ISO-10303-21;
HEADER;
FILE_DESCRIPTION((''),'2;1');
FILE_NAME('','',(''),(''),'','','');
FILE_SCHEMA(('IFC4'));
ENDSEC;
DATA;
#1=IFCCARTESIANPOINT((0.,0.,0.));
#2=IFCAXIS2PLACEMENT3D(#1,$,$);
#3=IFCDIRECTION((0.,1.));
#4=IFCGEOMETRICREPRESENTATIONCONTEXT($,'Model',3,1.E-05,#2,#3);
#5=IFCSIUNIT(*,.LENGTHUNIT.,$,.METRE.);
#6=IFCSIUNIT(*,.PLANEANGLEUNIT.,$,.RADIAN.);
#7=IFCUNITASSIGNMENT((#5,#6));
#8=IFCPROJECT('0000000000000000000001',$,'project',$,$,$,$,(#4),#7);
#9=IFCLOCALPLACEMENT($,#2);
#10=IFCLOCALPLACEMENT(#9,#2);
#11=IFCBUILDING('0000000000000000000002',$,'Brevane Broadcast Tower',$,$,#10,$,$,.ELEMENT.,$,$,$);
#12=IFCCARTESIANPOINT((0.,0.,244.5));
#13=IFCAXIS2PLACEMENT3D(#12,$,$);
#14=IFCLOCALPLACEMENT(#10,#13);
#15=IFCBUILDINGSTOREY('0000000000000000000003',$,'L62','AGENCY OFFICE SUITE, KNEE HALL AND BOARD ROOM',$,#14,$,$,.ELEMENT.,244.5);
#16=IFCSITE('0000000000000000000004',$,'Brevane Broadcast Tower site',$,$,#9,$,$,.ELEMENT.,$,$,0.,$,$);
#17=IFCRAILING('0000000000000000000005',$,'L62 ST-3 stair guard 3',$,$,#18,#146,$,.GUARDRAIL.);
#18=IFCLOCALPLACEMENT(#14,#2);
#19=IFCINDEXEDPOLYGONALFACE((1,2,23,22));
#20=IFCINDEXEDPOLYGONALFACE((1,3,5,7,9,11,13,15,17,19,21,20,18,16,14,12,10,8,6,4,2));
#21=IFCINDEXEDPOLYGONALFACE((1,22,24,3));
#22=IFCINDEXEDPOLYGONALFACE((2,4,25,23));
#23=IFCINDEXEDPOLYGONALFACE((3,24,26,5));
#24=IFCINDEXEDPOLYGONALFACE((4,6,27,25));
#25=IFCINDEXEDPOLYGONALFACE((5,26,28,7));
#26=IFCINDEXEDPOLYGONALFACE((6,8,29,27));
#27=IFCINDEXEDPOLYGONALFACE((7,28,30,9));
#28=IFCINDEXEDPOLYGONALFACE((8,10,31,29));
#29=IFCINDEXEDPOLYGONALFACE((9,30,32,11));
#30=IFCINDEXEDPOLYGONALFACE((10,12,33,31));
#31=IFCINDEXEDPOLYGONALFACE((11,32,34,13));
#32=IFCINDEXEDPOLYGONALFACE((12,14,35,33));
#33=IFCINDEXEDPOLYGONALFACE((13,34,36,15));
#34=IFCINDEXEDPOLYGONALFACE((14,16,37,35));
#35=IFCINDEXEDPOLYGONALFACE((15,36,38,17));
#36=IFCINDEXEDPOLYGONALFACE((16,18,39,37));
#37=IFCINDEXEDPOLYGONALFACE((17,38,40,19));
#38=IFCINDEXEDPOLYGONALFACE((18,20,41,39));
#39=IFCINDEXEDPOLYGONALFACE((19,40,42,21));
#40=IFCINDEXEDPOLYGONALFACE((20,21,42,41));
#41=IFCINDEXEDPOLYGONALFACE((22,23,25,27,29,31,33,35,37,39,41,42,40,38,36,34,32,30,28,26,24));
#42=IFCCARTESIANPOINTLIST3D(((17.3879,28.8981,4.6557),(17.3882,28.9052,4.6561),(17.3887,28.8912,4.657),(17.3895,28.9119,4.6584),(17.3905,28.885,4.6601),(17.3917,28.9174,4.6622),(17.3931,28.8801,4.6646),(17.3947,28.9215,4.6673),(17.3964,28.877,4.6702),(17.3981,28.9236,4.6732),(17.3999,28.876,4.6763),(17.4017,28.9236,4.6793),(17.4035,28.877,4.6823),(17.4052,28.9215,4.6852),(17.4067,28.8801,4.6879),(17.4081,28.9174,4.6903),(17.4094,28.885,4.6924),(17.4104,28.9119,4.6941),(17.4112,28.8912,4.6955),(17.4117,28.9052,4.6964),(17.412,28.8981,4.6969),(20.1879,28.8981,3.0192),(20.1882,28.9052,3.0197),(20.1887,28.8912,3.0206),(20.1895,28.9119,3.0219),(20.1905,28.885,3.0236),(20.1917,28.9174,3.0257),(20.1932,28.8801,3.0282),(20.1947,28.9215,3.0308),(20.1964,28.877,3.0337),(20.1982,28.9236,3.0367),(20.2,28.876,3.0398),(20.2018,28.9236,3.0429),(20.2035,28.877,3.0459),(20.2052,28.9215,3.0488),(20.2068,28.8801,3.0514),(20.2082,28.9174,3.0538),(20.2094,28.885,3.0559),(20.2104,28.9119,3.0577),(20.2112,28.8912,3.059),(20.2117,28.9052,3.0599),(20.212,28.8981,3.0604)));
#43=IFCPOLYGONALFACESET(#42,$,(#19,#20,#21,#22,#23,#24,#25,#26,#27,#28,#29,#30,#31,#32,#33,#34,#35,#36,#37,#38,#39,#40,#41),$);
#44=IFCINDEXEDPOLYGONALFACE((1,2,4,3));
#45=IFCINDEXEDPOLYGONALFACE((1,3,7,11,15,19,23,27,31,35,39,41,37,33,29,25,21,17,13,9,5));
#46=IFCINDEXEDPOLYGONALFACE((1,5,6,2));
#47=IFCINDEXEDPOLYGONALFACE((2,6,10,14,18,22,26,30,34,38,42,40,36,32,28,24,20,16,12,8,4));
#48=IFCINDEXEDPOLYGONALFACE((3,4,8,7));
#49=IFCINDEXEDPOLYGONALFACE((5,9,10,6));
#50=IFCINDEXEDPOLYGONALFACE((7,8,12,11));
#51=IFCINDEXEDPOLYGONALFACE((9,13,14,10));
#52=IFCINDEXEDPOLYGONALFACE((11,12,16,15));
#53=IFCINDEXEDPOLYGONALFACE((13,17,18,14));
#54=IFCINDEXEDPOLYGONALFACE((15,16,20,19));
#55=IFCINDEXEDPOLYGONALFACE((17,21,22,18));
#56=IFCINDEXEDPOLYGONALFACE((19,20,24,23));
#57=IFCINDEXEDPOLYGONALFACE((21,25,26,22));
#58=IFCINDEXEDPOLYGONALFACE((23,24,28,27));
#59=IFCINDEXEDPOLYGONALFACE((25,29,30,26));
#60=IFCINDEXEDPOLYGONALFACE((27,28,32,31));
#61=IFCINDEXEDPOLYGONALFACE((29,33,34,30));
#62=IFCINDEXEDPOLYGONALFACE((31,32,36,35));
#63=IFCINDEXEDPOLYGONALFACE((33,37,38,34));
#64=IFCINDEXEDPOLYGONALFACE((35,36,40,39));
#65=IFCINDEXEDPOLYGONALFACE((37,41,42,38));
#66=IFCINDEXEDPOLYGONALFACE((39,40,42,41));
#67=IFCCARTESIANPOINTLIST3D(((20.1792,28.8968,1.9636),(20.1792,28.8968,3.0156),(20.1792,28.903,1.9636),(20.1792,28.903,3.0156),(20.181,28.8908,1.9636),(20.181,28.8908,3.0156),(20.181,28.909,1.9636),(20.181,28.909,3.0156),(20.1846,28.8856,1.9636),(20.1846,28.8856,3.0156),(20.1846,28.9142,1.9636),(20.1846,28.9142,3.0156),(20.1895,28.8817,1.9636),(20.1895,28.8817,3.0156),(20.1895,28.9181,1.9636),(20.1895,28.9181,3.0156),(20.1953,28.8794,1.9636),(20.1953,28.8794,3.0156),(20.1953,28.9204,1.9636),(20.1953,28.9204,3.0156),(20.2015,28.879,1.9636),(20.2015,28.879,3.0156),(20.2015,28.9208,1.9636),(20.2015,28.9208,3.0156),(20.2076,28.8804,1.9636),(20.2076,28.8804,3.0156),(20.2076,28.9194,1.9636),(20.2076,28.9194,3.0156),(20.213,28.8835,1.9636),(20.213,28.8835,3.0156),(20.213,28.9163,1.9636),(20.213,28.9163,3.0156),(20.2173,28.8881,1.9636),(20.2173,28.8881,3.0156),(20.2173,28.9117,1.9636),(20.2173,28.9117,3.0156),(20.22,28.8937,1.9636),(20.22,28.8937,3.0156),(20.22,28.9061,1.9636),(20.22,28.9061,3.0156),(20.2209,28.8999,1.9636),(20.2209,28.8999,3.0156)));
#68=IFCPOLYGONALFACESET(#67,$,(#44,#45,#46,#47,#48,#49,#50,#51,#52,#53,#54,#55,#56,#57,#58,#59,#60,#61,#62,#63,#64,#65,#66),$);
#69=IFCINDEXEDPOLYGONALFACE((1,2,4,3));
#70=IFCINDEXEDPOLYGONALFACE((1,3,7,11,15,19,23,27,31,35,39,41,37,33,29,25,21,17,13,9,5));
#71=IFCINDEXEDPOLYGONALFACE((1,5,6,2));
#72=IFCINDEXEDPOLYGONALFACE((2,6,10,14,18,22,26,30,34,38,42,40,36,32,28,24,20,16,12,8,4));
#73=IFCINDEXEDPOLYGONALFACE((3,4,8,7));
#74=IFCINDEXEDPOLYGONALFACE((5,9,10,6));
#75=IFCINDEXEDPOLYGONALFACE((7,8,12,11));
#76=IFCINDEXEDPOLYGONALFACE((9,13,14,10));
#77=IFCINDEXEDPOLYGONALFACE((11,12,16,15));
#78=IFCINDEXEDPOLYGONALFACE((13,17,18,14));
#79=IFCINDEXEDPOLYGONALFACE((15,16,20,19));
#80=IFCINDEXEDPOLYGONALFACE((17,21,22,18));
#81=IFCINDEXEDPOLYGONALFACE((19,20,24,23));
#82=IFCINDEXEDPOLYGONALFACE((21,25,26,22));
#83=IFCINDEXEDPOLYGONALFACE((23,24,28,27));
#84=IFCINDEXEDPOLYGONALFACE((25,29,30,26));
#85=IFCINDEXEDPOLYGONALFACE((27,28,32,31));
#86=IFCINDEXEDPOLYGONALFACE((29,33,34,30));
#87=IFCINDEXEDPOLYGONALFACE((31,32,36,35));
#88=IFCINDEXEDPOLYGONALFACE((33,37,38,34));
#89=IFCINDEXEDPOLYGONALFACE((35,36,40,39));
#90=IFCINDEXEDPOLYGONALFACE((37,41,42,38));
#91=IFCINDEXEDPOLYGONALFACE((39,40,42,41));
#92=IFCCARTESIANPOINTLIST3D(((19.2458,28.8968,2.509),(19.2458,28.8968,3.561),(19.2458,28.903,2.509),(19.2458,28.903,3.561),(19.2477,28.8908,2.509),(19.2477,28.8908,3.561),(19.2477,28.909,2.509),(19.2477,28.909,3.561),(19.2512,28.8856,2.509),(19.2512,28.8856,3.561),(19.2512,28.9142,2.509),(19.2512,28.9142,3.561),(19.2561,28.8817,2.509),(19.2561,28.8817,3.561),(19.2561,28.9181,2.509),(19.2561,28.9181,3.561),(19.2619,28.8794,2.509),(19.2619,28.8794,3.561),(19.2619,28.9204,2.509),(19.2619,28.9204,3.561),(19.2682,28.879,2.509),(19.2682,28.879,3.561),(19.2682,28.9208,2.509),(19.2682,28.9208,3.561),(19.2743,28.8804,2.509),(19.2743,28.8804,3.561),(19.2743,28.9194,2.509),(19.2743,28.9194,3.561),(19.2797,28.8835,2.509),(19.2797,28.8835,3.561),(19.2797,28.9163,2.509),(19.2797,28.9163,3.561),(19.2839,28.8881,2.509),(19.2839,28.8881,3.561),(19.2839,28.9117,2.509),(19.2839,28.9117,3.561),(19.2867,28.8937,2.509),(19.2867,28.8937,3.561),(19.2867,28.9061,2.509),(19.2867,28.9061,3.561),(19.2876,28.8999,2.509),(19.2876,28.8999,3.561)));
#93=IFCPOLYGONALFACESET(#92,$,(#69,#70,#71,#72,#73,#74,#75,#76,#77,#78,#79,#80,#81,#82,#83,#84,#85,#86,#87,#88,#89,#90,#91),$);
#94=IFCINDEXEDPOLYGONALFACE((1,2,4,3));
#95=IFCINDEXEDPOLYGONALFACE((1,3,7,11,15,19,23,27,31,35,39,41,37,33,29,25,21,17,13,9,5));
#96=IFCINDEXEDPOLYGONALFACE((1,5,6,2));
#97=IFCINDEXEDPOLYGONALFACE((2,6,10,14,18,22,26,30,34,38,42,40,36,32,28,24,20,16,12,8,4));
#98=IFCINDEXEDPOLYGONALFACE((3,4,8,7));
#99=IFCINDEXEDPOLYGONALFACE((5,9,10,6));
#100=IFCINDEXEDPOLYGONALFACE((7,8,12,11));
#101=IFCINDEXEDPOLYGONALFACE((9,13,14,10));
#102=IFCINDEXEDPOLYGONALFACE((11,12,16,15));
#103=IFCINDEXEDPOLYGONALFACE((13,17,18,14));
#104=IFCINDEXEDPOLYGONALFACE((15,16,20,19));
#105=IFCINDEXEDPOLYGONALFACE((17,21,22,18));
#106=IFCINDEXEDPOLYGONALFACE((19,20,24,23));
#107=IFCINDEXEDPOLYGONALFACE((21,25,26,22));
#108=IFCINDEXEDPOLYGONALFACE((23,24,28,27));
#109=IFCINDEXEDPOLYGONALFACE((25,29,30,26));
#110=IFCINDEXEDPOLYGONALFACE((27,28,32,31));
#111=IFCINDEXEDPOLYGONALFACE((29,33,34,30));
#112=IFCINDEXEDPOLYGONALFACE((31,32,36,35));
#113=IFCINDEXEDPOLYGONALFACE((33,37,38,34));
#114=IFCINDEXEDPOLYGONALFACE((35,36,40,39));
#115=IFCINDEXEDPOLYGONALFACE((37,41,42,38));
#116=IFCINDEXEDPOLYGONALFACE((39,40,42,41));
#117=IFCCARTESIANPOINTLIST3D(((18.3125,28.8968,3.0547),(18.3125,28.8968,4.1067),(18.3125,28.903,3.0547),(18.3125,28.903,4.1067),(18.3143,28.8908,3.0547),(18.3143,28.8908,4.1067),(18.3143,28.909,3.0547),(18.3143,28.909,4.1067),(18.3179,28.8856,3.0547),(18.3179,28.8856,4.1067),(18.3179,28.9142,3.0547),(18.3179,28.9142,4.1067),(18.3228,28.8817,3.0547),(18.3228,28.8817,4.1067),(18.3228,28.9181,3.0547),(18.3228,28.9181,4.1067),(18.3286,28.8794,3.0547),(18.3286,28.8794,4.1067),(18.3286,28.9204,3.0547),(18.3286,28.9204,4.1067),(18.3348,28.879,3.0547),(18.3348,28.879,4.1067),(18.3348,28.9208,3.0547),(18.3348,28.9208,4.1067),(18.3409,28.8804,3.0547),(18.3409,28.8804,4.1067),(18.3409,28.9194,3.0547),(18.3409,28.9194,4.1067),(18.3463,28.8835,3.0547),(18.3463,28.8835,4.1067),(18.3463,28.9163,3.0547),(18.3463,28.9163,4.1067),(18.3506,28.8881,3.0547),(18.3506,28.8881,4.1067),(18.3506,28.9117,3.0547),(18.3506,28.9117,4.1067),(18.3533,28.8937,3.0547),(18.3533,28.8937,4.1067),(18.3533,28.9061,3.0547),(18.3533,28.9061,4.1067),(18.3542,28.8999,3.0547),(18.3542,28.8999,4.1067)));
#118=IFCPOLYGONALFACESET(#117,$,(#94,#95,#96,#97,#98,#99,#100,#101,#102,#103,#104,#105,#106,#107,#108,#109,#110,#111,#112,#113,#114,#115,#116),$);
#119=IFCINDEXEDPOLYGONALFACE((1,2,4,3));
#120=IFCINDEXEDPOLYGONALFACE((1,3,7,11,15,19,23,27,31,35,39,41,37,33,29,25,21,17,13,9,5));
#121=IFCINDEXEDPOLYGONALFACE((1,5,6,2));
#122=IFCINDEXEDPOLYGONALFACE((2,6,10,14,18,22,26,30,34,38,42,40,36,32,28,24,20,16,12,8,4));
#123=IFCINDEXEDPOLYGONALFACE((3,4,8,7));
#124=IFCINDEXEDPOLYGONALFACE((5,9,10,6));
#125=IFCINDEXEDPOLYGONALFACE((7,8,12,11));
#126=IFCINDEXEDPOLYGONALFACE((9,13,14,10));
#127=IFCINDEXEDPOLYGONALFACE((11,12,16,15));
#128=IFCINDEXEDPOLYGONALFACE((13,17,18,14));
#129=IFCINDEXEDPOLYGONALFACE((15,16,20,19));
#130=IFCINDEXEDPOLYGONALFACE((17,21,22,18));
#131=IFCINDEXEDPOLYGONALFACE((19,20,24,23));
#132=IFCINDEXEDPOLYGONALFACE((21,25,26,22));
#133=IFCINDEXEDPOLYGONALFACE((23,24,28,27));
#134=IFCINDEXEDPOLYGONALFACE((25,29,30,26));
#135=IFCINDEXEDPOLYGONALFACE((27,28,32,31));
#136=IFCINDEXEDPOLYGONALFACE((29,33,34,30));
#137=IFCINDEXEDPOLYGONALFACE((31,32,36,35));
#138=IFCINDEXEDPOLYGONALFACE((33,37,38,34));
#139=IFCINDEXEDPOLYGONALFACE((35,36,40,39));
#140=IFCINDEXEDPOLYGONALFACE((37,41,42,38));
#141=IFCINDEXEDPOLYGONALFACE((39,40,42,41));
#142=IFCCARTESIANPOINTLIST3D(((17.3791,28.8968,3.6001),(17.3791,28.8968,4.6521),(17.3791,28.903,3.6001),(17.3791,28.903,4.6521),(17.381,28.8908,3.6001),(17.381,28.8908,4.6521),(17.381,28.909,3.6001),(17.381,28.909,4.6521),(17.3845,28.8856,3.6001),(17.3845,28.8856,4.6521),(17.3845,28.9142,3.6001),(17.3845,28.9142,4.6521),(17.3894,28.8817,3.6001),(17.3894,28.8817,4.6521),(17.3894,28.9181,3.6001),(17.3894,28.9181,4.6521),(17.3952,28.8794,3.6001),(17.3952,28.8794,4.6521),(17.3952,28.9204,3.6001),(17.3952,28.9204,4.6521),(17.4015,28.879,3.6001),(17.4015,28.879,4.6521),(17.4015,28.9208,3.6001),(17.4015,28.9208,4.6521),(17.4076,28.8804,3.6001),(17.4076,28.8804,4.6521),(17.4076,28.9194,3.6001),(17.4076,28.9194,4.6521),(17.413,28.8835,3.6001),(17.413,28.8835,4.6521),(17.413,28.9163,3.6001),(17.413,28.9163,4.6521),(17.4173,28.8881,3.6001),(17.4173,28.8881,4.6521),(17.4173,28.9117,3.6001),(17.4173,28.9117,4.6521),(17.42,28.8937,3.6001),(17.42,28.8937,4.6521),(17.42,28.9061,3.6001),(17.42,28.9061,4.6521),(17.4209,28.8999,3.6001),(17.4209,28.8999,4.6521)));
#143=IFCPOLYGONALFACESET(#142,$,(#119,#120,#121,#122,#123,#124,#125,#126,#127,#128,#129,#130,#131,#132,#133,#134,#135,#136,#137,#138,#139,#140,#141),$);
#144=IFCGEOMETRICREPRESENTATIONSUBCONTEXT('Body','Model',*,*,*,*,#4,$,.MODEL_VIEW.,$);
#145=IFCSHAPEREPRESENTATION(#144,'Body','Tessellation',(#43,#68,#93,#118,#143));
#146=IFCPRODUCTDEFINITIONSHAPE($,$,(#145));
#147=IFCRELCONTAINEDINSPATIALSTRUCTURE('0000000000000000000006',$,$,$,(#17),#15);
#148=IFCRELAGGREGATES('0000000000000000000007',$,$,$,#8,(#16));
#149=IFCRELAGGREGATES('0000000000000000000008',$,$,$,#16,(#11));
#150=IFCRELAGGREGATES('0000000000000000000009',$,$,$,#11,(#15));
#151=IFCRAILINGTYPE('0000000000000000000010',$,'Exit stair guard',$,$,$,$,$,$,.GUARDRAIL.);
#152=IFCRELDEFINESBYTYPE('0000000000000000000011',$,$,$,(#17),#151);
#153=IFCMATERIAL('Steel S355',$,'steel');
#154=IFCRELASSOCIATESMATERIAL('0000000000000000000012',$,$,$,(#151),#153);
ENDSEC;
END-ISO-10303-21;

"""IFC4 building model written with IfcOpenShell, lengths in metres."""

from ifc_helpers import new_model, si_unit, direction, frame, origin, origin_2d, place, context, subcontext, project, spatial, circle, extrude, material, type_object, element, save


model = new_model("IFC4")

# Units and contexts
model_context = context("Model", 3, precision=1e-05, world=origin(), true_north=direction((0.0, 1.0)))
body_context = subcontext(model_context, "Body", "Model", "MODEL_VIEW")
ifc_project = project(units=[si_unit("LENGTHUNIT", "METRE"), si_unit("PLANEANGLEUNIT", "RADIAN")], contexts=[model_context])

# Site, building, storey
site_placement = place(None, origin())
site = spatial("IfcSite", under=ifc_project, at=site_placement, Name="Brevane Broadcast Tower site", CompositionType="ELEMENT", RefElevation=0.0)
building_placement = place(site_placement, origin())
building = spatial("IfcBuilding", under=site, at=building_placement, Name="Brevane Broadcast Tower", CompositionType="ELEMENT")
storey_placement = place(building_placement, frame((0.0, 0.0, 244.5)))
storey = spatial("IfcBuildingStorey", under=building, at=storey_placement, Name="L62", Description="AGENCY OFFICE SUITE, KNEE HALL AND BOARD ROOM", CompositionType="ELEMENT", Elevation=244.5)

# Railing
ifc_material_1 = material(Name="Steel S355", Category="steel")
railing_type_1 = type_object("IfcRailingType", Name="Exit stair guard", PredefinedType="GUARDRAIL", material=ifc_material_1)
railing_1_placement = place(storey_placement, frame((20.2, 28.8999, 1.9636)))
element("IfcRailing", 1, at=railing_1_placement, inside=storey, type_object=railing_type_1, Name="L62 ST-3 stair guard 3", PredefinedType="GUARDRAIL", context=body_context, shape_type="SweptSolid", body=[
    extrude(circle(Radius=0.0239, at=origin_2d()), frame((0.0, 0.0, 1.0762), z_axis=(-0.863361, 0.0, 0.504587), x_axis=(0.0, -1.0, 0.0)), (0.0, 0.0, 1.0), 3.2432),
    extrude(circle(Radius=0.021, at=origin_2d()), origin(), (0.0, 0.0, 1.0), 1.052),
    extrude(circle(Radius=0.021, at=origin_2d()), frame((-0.9333, 0.0, 0.5454)), (0.0, 0.0, 1.0), 1.052),
    extrude(circle(Radius=0.021, at=origin_2d()), frame((-1.8667, 0.0, 1.0911)), (0.0, 0.0, 1.0), 1.052),
    extrude(circle(Radius=0.021, at=origin_2d()), frame((-2.8, 0.0, 1.6365)), (0.0, 0.0, 1.0), 1.052),
])

save(model, "model.ifc")
